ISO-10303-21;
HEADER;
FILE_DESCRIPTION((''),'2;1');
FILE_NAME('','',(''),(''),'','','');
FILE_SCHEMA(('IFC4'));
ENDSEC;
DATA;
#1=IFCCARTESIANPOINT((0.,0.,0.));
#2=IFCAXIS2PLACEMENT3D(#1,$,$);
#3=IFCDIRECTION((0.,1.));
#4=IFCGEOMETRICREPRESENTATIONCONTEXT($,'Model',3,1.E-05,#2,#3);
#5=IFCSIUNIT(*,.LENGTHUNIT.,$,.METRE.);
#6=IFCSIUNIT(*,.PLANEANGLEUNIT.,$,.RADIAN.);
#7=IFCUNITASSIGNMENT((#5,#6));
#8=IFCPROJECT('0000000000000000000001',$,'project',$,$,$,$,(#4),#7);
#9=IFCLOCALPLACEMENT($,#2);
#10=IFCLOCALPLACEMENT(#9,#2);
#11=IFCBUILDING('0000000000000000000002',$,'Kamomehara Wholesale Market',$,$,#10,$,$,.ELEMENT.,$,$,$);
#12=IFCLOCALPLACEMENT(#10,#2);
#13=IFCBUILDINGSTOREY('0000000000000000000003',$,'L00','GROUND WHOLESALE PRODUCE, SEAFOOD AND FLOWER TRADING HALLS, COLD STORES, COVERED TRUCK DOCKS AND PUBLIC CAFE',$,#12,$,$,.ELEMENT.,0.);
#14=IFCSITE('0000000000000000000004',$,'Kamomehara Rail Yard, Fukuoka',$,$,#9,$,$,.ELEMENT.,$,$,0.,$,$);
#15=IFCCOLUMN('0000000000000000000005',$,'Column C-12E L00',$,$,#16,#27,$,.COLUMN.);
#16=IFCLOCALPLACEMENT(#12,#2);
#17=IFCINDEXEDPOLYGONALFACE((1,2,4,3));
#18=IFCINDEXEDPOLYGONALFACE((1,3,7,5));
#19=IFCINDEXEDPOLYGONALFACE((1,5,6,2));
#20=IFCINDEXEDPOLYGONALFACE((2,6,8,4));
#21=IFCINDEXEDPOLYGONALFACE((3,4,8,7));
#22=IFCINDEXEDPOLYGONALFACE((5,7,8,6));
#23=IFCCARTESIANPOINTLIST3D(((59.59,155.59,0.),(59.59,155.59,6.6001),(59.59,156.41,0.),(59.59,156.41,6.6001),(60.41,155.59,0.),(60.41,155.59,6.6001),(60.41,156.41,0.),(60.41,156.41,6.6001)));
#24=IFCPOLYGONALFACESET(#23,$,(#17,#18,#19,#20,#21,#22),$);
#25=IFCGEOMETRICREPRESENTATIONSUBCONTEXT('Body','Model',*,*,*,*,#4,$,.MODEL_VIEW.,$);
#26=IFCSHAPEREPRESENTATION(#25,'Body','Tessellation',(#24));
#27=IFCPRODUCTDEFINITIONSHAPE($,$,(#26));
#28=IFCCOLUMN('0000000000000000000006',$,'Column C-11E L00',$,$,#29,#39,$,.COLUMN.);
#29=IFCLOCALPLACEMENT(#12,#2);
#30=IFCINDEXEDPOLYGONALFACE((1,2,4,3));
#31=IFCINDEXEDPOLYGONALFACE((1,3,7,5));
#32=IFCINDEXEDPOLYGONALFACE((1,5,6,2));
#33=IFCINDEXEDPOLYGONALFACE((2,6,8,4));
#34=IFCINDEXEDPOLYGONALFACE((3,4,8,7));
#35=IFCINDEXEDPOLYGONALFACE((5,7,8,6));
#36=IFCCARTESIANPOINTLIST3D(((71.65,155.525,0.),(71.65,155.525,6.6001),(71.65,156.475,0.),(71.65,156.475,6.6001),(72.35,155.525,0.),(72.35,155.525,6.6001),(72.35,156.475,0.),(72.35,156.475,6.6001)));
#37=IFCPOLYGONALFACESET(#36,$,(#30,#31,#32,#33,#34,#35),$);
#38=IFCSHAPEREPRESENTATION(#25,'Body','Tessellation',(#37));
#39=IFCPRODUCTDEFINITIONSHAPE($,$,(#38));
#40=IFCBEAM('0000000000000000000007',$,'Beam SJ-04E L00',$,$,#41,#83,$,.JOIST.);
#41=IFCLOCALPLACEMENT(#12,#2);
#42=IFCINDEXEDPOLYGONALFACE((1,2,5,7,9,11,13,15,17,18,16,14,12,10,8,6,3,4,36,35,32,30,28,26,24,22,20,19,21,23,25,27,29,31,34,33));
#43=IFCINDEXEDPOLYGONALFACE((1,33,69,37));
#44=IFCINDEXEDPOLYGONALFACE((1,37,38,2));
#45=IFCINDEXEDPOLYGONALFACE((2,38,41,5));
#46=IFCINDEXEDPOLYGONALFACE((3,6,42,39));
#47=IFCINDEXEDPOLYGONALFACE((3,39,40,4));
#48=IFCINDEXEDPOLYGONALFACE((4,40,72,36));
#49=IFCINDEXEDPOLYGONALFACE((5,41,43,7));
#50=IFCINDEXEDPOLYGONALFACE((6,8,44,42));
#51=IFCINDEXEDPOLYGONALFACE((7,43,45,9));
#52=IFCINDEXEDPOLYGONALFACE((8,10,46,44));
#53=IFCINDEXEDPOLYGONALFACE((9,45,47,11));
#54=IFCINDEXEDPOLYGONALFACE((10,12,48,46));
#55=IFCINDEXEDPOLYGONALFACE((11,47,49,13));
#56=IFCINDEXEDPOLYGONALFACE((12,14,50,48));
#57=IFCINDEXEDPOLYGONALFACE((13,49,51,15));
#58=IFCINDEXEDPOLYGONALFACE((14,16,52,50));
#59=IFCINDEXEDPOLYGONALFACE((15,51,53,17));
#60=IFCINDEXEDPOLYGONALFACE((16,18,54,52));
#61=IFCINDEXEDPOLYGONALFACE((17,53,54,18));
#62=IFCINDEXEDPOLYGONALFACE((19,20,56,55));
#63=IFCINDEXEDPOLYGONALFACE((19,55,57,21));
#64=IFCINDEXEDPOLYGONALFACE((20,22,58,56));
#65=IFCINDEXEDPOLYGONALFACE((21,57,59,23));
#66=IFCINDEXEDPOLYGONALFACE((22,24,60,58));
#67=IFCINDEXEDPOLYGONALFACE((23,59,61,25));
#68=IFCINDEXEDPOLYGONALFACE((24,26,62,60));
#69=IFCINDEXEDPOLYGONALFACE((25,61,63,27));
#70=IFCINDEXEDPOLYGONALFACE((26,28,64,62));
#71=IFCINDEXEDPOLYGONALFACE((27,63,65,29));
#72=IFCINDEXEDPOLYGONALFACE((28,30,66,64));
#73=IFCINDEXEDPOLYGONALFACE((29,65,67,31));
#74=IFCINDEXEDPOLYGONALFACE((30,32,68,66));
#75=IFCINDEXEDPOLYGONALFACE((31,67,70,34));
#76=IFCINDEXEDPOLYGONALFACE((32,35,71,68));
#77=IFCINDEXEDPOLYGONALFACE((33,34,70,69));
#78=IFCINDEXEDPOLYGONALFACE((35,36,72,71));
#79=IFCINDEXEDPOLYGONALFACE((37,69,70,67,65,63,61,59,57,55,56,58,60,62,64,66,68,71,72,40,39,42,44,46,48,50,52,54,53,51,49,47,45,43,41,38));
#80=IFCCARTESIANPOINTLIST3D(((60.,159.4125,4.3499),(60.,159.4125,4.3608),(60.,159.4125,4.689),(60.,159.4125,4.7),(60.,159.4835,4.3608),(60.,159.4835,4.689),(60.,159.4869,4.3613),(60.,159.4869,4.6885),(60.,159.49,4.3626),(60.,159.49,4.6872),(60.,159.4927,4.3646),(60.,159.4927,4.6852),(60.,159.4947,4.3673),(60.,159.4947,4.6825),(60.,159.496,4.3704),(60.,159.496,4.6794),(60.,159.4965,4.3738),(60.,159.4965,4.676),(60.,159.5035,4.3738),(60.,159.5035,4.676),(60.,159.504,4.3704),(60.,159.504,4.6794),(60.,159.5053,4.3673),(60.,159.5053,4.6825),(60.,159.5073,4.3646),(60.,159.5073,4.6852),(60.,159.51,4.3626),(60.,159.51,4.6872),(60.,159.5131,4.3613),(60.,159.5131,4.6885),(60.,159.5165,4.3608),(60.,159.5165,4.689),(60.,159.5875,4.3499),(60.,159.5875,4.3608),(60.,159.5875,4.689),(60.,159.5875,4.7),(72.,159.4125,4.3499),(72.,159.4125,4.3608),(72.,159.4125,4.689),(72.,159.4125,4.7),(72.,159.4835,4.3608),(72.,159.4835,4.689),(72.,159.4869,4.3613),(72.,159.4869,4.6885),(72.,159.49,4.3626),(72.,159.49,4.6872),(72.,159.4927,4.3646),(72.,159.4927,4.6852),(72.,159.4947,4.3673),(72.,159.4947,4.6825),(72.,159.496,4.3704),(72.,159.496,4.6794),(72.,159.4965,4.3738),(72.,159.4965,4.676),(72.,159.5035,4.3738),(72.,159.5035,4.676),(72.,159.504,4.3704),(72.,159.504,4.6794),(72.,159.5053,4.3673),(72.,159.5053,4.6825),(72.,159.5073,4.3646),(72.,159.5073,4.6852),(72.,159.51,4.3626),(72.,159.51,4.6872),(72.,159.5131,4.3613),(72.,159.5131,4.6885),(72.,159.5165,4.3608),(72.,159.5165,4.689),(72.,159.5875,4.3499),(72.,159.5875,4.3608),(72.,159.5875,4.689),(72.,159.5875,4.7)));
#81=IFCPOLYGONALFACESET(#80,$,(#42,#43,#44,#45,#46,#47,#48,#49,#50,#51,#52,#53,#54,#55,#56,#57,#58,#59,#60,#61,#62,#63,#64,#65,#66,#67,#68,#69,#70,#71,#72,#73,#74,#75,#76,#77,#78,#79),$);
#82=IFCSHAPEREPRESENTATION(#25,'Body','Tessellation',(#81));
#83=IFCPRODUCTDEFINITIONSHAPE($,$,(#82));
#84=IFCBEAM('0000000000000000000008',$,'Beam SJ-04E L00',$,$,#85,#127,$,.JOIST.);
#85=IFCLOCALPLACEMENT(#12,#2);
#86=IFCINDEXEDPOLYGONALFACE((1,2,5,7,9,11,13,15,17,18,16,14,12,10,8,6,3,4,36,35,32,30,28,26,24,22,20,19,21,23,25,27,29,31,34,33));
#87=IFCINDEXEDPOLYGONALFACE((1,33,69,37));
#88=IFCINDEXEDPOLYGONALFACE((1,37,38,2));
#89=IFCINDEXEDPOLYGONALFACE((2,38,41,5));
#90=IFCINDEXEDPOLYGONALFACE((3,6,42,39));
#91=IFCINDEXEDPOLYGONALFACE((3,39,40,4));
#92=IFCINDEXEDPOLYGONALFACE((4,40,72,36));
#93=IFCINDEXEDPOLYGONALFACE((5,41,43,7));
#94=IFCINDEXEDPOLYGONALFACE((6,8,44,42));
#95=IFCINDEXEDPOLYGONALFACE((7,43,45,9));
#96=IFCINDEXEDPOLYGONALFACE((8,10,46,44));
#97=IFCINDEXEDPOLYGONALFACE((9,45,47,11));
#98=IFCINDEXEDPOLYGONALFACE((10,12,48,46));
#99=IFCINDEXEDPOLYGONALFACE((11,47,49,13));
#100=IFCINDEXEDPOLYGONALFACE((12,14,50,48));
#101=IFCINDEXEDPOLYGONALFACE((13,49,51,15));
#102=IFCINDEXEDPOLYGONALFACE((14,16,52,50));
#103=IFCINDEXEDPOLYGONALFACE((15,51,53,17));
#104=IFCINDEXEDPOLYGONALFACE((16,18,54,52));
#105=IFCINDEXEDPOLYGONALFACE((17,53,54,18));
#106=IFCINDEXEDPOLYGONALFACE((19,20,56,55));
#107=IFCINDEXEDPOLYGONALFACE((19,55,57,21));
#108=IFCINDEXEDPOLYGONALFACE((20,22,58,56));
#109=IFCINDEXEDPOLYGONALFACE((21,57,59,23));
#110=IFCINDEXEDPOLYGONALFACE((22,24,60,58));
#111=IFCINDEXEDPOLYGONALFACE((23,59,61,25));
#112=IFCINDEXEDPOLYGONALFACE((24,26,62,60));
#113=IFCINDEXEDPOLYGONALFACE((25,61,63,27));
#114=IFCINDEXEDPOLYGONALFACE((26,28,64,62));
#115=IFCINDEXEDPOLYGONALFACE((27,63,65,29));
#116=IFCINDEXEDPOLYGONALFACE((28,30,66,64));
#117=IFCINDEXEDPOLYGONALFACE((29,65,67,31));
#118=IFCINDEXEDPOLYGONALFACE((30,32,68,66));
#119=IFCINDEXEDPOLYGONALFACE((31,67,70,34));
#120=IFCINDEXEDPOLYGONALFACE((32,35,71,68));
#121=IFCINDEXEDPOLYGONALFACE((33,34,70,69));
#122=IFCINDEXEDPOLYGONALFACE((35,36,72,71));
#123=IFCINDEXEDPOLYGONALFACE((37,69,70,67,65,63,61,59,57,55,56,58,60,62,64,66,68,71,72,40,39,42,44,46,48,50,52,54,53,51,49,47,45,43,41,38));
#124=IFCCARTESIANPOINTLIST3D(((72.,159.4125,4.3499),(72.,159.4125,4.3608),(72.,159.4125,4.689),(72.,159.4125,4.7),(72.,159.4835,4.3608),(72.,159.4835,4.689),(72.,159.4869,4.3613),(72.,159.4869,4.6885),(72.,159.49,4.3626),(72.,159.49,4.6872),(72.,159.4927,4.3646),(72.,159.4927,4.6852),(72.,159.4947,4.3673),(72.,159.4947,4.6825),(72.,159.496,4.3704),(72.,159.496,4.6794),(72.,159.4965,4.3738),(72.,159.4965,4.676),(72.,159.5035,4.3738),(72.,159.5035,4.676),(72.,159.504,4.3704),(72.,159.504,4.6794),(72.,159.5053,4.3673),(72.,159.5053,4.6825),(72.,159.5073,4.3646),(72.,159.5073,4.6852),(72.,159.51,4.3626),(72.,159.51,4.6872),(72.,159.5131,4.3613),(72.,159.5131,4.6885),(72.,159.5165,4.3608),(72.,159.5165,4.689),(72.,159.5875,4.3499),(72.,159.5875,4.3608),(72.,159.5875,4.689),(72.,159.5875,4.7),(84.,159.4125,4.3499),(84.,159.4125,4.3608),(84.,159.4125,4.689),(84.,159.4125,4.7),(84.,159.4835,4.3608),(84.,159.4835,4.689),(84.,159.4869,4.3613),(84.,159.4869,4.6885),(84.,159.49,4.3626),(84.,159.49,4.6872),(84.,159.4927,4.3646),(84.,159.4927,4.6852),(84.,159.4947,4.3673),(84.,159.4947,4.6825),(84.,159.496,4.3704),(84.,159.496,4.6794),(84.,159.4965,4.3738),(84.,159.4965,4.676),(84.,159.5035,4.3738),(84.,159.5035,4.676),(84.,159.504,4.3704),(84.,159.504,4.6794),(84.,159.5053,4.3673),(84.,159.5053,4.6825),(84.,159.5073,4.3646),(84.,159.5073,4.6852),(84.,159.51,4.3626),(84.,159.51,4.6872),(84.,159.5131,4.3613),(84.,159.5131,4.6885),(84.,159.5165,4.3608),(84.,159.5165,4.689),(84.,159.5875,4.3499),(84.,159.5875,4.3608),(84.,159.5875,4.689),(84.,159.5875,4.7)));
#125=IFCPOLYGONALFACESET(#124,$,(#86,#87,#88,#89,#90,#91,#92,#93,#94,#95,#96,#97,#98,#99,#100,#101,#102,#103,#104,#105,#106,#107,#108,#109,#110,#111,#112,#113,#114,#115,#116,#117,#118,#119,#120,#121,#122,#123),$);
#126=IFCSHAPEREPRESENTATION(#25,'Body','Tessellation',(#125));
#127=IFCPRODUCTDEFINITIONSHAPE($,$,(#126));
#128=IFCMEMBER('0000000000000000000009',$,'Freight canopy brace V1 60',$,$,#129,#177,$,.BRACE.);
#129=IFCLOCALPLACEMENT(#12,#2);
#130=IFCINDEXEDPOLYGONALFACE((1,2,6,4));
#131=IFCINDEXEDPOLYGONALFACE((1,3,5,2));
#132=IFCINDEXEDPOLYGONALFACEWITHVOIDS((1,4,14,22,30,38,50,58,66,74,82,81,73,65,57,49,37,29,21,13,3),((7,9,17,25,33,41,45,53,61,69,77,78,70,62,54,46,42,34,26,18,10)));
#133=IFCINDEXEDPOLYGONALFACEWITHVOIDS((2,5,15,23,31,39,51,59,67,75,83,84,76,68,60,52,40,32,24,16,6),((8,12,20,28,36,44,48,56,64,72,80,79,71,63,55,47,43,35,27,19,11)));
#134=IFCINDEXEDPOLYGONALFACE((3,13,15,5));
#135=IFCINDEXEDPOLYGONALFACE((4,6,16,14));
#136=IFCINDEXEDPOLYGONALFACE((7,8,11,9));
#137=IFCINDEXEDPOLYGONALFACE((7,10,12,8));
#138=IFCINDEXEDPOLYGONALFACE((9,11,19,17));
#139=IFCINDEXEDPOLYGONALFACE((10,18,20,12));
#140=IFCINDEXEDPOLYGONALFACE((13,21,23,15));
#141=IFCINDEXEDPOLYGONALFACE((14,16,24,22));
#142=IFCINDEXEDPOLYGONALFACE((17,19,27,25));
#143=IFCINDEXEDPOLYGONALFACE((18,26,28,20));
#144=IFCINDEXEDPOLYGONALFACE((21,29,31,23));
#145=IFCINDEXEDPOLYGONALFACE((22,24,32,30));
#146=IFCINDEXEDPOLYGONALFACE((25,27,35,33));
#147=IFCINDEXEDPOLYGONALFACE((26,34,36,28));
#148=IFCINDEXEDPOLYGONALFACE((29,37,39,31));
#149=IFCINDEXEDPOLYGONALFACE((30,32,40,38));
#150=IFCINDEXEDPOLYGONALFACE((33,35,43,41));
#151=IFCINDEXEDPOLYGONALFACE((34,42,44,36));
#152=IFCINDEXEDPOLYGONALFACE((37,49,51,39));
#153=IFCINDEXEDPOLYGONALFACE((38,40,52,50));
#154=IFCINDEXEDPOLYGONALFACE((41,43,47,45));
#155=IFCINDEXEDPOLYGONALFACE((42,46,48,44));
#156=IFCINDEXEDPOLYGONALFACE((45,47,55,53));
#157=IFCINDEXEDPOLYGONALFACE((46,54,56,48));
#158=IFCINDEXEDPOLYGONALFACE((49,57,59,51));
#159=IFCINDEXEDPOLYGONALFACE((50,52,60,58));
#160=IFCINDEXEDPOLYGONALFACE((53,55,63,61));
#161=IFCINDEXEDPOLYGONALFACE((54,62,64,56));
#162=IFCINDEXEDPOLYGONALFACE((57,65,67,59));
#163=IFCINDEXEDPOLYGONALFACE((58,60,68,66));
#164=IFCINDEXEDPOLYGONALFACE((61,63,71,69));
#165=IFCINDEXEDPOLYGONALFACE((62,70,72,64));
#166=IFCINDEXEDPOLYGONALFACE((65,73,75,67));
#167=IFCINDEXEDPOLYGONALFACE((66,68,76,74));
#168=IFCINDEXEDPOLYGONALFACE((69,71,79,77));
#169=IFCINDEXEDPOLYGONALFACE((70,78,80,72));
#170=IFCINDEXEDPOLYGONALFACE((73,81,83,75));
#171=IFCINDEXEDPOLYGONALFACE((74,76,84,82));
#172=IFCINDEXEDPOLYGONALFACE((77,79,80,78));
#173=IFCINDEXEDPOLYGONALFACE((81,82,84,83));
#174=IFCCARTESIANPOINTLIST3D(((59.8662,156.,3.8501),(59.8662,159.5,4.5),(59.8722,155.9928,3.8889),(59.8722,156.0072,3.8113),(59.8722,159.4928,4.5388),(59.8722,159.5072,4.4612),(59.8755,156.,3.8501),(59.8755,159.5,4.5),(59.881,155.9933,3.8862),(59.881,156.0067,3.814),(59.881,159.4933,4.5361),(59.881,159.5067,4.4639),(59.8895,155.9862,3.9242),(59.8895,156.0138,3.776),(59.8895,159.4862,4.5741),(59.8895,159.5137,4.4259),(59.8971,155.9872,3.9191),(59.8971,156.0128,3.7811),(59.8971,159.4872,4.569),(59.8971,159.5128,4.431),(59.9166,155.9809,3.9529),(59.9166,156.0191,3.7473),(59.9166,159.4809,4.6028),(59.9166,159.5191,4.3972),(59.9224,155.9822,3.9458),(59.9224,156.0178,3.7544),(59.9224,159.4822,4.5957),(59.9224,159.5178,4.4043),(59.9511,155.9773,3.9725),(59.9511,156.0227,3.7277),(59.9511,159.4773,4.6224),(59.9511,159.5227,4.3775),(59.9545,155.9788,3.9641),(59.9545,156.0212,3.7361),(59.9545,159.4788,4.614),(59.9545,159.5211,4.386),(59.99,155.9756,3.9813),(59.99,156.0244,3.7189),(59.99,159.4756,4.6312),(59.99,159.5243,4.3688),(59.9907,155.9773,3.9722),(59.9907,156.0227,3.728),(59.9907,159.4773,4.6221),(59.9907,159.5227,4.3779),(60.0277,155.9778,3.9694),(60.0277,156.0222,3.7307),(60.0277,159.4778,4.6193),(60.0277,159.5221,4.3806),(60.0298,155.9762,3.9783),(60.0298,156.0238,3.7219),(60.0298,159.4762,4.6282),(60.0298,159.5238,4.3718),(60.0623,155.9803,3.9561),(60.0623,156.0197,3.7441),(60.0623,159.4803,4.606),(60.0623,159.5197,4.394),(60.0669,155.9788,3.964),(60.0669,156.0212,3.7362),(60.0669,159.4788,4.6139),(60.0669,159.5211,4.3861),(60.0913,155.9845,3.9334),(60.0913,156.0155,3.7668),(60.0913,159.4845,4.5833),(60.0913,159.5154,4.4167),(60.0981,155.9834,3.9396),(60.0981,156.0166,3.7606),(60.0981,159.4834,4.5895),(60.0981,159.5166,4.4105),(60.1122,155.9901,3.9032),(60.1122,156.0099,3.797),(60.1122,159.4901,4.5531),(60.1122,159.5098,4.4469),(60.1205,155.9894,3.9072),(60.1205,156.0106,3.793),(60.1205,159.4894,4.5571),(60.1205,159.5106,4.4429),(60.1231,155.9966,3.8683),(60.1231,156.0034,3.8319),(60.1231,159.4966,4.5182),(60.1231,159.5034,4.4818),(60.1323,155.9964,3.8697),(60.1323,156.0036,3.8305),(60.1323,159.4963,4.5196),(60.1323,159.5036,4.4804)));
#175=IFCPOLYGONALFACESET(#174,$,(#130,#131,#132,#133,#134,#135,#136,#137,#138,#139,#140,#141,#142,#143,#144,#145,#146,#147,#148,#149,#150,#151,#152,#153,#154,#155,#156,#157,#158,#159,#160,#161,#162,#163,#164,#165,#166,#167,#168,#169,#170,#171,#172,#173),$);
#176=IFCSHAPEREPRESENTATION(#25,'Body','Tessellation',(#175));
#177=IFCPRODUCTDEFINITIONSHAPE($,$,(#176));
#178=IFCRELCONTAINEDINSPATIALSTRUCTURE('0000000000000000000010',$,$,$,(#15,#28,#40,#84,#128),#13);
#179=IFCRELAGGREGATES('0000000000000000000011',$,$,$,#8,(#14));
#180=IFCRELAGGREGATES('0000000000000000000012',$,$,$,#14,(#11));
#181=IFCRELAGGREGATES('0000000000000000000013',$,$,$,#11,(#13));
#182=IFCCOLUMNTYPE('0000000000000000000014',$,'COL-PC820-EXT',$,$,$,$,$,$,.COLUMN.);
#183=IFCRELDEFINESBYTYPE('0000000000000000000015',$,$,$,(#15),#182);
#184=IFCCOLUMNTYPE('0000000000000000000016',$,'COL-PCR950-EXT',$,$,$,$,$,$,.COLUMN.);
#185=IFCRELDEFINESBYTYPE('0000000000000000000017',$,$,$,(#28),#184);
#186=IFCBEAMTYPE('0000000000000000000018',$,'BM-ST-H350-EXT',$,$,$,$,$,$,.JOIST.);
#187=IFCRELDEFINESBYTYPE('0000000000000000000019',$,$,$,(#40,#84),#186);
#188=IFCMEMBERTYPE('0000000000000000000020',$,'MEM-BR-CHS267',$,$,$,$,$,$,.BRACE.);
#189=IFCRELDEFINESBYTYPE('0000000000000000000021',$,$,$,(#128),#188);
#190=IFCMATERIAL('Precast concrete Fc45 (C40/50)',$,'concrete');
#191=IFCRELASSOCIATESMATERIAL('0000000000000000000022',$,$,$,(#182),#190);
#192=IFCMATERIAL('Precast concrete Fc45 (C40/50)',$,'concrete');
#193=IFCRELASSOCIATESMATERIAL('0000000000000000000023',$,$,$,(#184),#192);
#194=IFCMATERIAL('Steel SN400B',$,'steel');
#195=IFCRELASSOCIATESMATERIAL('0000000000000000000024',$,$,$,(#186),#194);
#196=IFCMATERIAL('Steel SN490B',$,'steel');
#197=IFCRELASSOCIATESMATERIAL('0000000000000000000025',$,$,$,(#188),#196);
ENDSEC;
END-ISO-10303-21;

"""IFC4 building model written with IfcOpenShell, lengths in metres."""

from ifc_helpers import new_model, si_unit, direction, frame, origin, origin_2d, place, context, subcontext, project, spatial, rectangle, hollow_circle, i_section, extrude, material, material_profile, profile_set, type_object, element, save


model = new_model("IFC4")

# Units and contexts
model_context = context("Model", 3, precision=1e-05, world=origin(), true_north=direction((0.0, 1.0)))
body_context = subcontext(model_context, "Body", "Model", "MODEL_VIEW")
ifc_project = project(units=[si_unit("LENGTHUNIT", "METRE"), si_unit("PLANEANGLEUNIT", "RADIAN")], contexts=[model_context])

# Site, building, storey
site_placement = place(None, origin())
site = spatial("IfcSite", under=ifc_project, at=site_placement, Name="Kamomehara Rail Yard, Fukuoka", CompositionType="ELEMENT", RefElevation=0.0)
building_placement = place(site_placement, origin())
building = spatial("IfcBuilding", under=site, at=building_placement, Name="Kamomehara Wholesale Market", CompositionType="ELEMENT")
storey_placement = place(building_placement, origin())
storey = spatial("IfcBuildingStorey", under=building, at=storey_placement, Name="L00", Description="GROUND WHOLESALE PRODUCE, SEAFOOD AND FLOWER TRADING HALLS, COLD STORES, COVERED TRUCK DOCKS AND PUBLIC CAFE", CompositionType="ELEMENT", Elevation=0.0)

# Columns
ifc_material_1 = material(Name="Precast concrete Fc45 (C40/50)", Category="concrete")
ifc_material_profile_1 = material_profile(ifc_material_1, rectangle(XDim=0.8201, YDim=0.8201, at=origin_2d()), Name="PC-COL-820x820")
ifc_profile_set_1 = profile_set([ifc_material_profile_1], Name="Precast concrete Fc45 (C40/50)")
column_type_1 = type_object("IfcColumnType", Name="COL-PC820-EXT", PredefinedType="COLUMN", material=ifc_profile_set_1)
column_1_placement = place(storey_placement, frame((60.0, 156.0, 0.0), z_axis=(0.0, 0.0, 1.0), x_axis=(1.0, 0.0, 0.0)))
element("IfcColumn", 1, at=column_1_placement, inside=storey, type_object=column_type_1, Name="Column C-12E L00", PredefinedType="COLUMN", context=body_context, shape_type="SweptSolid", body=[
    extrude(rectangle(XDim=0.8201, YDim=0.8201, at=origin_2d()), origin(), (0.0, 0.0, 1.0), 6.6001),
])
ifc_material_2 = material(Name="Precast concrete Fc45 (C40/50)", Category="concrete")
ifc_material_profile_2 = material_profile(ifc_material_2, rectangle(XDim=0.7, YDim=0.95, at=origin_2d()), Name="PC-COL-700x950")
ifc_profile_set_2 = profile_set([ifc_material_profile_2], Name="Precast concrete Fc45 (C40/50)")
column_type_2 = type_object("IfcColumnType", Name="COL-PCR950-EXT", PredefinedType="COLUMN", material=ifc_profile_set_2)
column_2_placement = place(storey_placement, frame((72.0, 156.0, 0.0), z_axis=(0.0, 0.0, 1.0), x_axis=(1.0, 0.0, 0.0)))
element("IfcColumn", 2, at=column_2_placement, inside=storey, type_object=column_type_2, Name="Column C-11E L00", PredefinedType="COLUMN", context=body_context, shape_type="SweptSolid", body=[
    extrude(rectangle(XDim=0.7, YDim=0.95, at=origin_2d()), origin(), (0.0, 0.0, 1.0), 6.6001),
])

# Beams
ifc_material_3 = material(Name="Steel SN400B", Category="steel")
ifc_material_profile_3 = material_profile(ifc_material_3, i_section(OverallWidth=0.175, OverallDepth=0.3501, WebThickness=0.0071, FlangeThickness=0.011, FilletRadius=0.0129, at=origin_2d()), Name="H-350x175x7x11")
ifc_profile_set_3 = profile_set([ifc_material_profile_3], Name="Steel SN400B")
beam_type = type_object("IfcBeamType", Name="BM-ST-H350-EXT", PredefinedType="JOIST", material=ifc_profile_set_3)
for number, where, z_axis, x_axis, name in (
    (3, (60.0, 159.5, 4.5249), (1.0, 0.0, 0.0), (0.0, 1.0, 0.0), "Beam SJ-04E L00"),
    (4, (72.0, 159.5, 4.5249), (1.0, 0.0, 0.0), (0.0, 1.0, 0.0), "Beam SJ-04E L00"),
):
    element("IfcBeam", number, at=place(storey_placement, frame(where, z_axis=z_axis, x_axis=x_axis)), inside=storey, type_object=beam_type, Name=name, PredefinedType="JOIST", context=body_context, shape_type="SweptSolid", body=[
        extrude(i_section(OverallWidth=0.175, OverallDepth=0.3501, WebThickness=0.0071, FlangeThickness=0.011, FilletRadius=0.0129, at=origin_2d()), origin(), (0.0, 0.0, 1.0), 12.0),
    ])

# Member
ifc_material_4 = material(Name="Steel SN490B", Category="steel")
ifc_material_profile_4 = material_profile(ifc_material_4, hollow_circle(Radius=0.1338, WallThickness=0.0093, at=origin_2d()), Name="CHS-267.4x9.3")
ifc_profile_set_4 = profile_set([ifc_material_profile_4], Name="Steel SN490B")
member_type_1 = type_object("IfcMemberType", Name="MEM-BR-CHS267", PredefinedType="BRACE", material=ifc_profile_set_4)
for number, where, z_axis, x_axis, name in (
    (5, (60.0, 156.0, 3.8501), (0.0, 0.983194, 0.182566), (-1.0, 0.0, 0.0), "Freight canopy brace V1 60"),
):
    element("IfcMember", number, at=place(storey_placement, frame(where, z_axis=z_axis, x_axis=x_axis)), inside=storey, type_object=member_type_1, Name=name, PredefinedType="BRACE", context=body_context, shape_type="SweptSolid", body=[
        extrude(hollow_circle(Radius=0.1338, WallThickness=0.0093, at=origin_2d()), origin(), (0.0, 0.0, 1.0), 3.5598),
    ])

save(model, "model.ifc")
